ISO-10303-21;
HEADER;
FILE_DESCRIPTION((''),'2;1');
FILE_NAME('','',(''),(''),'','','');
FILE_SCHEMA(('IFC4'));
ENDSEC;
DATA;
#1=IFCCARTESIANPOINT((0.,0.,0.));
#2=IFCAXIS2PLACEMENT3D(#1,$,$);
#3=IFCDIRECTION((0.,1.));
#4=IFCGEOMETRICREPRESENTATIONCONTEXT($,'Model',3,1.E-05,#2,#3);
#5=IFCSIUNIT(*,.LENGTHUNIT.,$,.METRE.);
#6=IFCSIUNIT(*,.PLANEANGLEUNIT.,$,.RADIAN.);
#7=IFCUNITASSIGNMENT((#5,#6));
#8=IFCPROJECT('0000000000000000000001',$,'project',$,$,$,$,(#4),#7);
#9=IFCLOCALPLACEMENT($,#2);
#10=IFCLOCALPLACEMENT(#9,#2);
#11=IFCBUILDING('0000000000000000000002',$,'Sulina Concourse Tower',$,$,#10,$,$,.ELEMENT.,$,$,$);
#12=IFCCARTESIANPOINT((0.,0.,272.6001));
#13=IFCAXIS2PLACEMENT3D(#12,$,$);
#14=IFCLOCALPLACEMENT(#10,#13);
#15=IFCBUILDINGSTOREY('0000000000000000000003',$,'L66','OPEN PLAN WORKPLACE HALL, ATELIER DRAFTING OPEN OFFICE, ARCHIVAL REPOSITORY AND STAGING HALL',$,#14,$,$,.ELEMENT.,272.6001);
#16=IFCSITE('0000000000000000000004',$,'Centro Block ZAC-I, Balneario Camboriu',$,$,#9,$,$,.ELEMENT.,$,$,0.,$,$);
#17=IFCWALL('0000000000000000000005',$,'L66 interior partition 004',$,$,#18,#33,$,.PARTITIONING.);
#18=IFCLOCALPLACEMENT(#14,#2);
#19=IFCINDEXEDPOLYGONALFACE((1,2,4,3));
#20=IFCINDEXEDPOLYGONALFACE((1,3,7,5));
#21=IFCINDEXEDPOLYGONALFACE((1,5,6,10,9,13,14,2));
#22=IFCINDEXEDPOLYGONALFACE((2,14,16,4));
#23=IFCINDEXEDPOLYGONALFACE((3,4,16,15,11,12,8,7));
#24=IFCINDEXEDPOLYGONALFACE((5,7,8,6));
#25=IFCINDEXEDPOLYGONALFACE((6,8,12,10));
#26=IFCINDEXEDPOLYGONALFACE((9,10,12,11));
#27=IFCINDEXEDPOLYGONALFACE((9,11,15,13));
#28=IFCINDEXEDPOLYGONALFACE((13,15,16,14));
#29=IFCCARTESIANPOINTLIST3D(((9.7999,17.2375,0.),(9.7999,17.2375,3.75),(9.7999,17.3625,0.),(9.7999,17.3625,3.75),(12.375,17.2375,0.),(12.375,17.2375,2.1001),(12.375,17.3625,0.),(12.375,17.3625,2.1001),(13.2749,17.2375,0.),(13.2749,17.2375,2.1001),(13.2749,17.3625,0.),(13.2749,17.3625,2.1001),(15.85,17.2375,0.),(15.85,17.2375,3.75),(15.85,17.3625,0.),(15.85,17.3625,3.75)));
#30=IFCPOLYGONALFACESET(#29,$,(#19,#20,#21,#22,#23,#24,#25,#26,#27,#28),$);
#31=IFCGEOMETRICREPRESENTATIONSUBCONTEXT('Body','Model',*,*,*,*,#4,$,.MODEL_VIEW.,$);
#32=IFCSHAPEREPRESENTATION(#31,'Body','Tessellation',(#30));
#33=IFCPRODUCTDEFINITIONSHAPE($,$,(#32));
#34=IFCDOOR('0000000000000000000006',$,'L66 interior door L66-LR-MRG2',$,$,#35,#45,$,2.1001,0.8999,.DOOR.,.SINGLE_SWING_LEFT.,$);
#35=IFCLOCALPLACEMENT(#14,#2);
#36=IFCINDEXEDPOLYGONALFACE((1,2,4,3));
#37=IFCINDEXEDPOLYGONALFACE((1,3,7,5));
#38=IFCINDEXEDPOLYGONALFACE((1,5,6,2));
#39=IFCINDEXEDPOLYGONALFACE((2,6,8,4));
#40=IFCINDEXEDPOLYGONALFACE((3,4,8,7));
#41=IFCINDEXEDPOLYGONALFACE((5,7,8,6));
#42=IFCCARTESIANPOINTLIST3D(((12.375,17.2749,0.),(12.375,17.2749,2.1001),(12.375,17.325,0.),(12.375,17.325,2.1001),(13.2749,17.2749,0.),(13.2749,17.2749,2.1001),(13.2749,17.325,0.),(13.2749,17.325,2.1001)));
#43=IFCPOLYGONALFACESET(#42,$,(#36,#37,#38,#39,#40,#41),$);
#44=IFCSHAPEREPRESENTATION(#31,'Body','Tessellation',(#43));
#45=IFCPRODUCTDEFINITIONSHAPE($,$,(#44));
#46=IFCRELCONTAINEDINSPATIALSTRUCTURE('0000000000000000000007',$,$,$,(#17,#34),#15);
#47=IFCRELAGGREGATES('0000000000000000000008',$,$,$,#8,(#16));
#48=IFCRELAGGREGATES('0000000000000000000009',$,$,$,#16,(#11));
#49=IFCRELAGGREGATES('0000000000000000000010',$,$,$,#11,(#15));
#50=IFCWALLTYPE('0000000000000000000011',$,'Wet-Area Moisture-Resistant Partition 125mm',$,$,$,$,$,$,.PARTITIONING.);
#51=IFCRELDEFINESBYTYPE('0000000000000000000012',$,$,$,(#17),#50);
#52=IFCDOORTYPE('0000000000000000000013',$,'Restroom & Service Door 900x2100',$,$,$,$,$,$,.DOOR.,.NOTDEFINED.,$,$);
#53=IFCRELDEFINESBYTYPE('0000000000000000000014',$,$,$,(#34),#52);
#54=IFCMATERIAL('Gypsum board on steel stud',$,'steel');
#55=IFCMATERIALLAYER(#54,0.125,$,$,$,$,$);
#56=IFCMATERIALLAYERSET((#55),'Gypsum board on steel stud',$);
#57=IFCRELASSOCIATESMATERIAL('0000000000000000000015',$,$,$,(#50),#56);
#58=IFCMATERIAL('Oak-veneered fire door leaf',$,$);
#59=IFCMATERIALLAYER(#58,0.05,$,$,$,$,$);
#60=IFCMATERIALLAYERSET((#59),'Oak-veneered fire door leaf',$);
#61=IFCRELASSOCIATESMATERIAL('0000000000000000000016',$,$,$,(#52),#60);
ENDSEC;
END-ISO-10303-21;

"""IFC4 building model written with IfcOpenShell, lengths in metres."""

from ifc_helpers import new_model, si_unit, direction, frame, frame_2d, origin, place, context, subcontext, project, spatial, rectangle, extrude, material, layer, layer_set, type_object, element, fill, save


model = new_model("IFC4")

# Units and contexts
model_context = context("Model", 3, precision=1e-05, world=origin(), true_north=direction((0.0, 1.0)))
body_context = subcontext(model_context, "Body", "Model", "MODEL_VIEW")
ifc_project = project(units=[si_unit("LENGTHUNIT", "METRE"), si_unit("PLANEANGLEUNIT", "RADIAN")], contexts=[model_context])

# Site, building, storey
site_placement = place(None, origin())
site = spatial("IfcSite", under=ifc_project, at=site_placement, Name="Centro Block ZAC-I, Balneario Camboriu", CompositionType="ELEMENT", RefElevation=0.0)
building_placement = place(site_placement, origin())
building = spatial("IfcBuilding", under=site, at=building_placement, Name="Sulina Concourse Tower", CompositionType="ELEMENT")
storey_placement = place(building_placement, frame((0.0, 0.0, 272.6001)))
storey = spatial("IfcBuildingStorey", under=building, at=storey_placement, Name="L66", Description="OPEN PLAN WORKPLACE HALL, ATELIER DRAFTING OPEN OFFICE, ARCHIVAL REPOSITORY AND STAGING HALL", CompositionType="ELEMENT", Elevation=272.6001)

# Wall, opening, door
ifc_material_1 = material(Name="Gypsum board on steel stud", Category="steel")
ifc_layer_1 = layer(ifc_material_1, 0.125)
ifc_layer_set_1 = layer_set([ifc_layer_1], Name="Gypsum board on steel stud")
wall_type_1 = type_object("IfcWallType", Name="Wet-Area Moisture-Resistant Partition 125mm", PredefinedType="PARTITIONING", material=ifc_layer_set_1)
wall_1_placement = place(storey_placement, frame((9.8, 17.3, 0.0), z_axis=(0.0, 0.0, 1.0), x_axis=(1.0, 0.0, 0.0)))
wall_1 = element("IfcWall", 1, at=wall_1_placement, inside=storey, type_object=wall_type_1, Name="L66 interior partition 004", PredefinedType="PARTITIONING", context=body_context, shape_type="SweptSolid", body=[
    extrude(rectangle(XDim=6.05, YDim=0.125, at=frame_2d((3.0249, 0.0))), origin(), (0.0, 0.0, 1.0), 3.75),
])
opening_1_placement = place(wall_1_placement, frame((2.575, 0.0, 0.0)))
opening_1 = element("IfcOpeningElement", 2, at=opening_1_placement, cuts=wall_1, PredefinedType="OPENING", context=body_context, shape_type="SweptSolid", body=[
    extrude(rectangle(XDim=0.8999, YDim=2.1001, at=frame_2d((0.45, 1.05))), frame((0.0, 0.0725, 0.0), z_axis=(0.0, -1.0, 0.0), x_axis=(1.0, 0.0, 0.0)), (0.0, 0.0, 1.0), 0.145),
])
ifc_material_2 = material(Name="Oak-veneered fire door leaf")
ifc_layer_2 = layer(ifc_material_2, 0.05)
ifc_layer_set_2 = layer_set([ifc_layer_2], Name="Oak-veneered fire door leaf")
door_type_1 = type_object("IfcDoorType", Name="Restroom & Service Door 900x2100", OperationType="NOTDEFINED", PredefinedType="DOOR", material=ifc_layer_set_2)
door_1_placement = place(opening_1_placement, origin())
door_1 = element("IfcDoor", 3, at=door_1_placement, inside=storey, type_object=door_type_1, Name="L66 interior door L66-LR-MRG2", OperationType="SINGLE_SWING_LEFT", OverallHeight=2.1001, OverallWidth=0.8999, PredefinedType="DOOR", context=body_context, shape_type="SweptSolid", body=[
    extrude(rectangle(XDim=0.8999, YDim=2.1001, at=frame_2d((0.45, 1.05))), frame((0.0, 0.0249, 0.0), z_axis=(0.0, -1.0, 0.0), x_axis=(1.0, 0.0, 0.0)), (0.0, 0.0, 1.0), 0.05),
])
fill(opening_1, door_1)

save(model, "model.ifc")
